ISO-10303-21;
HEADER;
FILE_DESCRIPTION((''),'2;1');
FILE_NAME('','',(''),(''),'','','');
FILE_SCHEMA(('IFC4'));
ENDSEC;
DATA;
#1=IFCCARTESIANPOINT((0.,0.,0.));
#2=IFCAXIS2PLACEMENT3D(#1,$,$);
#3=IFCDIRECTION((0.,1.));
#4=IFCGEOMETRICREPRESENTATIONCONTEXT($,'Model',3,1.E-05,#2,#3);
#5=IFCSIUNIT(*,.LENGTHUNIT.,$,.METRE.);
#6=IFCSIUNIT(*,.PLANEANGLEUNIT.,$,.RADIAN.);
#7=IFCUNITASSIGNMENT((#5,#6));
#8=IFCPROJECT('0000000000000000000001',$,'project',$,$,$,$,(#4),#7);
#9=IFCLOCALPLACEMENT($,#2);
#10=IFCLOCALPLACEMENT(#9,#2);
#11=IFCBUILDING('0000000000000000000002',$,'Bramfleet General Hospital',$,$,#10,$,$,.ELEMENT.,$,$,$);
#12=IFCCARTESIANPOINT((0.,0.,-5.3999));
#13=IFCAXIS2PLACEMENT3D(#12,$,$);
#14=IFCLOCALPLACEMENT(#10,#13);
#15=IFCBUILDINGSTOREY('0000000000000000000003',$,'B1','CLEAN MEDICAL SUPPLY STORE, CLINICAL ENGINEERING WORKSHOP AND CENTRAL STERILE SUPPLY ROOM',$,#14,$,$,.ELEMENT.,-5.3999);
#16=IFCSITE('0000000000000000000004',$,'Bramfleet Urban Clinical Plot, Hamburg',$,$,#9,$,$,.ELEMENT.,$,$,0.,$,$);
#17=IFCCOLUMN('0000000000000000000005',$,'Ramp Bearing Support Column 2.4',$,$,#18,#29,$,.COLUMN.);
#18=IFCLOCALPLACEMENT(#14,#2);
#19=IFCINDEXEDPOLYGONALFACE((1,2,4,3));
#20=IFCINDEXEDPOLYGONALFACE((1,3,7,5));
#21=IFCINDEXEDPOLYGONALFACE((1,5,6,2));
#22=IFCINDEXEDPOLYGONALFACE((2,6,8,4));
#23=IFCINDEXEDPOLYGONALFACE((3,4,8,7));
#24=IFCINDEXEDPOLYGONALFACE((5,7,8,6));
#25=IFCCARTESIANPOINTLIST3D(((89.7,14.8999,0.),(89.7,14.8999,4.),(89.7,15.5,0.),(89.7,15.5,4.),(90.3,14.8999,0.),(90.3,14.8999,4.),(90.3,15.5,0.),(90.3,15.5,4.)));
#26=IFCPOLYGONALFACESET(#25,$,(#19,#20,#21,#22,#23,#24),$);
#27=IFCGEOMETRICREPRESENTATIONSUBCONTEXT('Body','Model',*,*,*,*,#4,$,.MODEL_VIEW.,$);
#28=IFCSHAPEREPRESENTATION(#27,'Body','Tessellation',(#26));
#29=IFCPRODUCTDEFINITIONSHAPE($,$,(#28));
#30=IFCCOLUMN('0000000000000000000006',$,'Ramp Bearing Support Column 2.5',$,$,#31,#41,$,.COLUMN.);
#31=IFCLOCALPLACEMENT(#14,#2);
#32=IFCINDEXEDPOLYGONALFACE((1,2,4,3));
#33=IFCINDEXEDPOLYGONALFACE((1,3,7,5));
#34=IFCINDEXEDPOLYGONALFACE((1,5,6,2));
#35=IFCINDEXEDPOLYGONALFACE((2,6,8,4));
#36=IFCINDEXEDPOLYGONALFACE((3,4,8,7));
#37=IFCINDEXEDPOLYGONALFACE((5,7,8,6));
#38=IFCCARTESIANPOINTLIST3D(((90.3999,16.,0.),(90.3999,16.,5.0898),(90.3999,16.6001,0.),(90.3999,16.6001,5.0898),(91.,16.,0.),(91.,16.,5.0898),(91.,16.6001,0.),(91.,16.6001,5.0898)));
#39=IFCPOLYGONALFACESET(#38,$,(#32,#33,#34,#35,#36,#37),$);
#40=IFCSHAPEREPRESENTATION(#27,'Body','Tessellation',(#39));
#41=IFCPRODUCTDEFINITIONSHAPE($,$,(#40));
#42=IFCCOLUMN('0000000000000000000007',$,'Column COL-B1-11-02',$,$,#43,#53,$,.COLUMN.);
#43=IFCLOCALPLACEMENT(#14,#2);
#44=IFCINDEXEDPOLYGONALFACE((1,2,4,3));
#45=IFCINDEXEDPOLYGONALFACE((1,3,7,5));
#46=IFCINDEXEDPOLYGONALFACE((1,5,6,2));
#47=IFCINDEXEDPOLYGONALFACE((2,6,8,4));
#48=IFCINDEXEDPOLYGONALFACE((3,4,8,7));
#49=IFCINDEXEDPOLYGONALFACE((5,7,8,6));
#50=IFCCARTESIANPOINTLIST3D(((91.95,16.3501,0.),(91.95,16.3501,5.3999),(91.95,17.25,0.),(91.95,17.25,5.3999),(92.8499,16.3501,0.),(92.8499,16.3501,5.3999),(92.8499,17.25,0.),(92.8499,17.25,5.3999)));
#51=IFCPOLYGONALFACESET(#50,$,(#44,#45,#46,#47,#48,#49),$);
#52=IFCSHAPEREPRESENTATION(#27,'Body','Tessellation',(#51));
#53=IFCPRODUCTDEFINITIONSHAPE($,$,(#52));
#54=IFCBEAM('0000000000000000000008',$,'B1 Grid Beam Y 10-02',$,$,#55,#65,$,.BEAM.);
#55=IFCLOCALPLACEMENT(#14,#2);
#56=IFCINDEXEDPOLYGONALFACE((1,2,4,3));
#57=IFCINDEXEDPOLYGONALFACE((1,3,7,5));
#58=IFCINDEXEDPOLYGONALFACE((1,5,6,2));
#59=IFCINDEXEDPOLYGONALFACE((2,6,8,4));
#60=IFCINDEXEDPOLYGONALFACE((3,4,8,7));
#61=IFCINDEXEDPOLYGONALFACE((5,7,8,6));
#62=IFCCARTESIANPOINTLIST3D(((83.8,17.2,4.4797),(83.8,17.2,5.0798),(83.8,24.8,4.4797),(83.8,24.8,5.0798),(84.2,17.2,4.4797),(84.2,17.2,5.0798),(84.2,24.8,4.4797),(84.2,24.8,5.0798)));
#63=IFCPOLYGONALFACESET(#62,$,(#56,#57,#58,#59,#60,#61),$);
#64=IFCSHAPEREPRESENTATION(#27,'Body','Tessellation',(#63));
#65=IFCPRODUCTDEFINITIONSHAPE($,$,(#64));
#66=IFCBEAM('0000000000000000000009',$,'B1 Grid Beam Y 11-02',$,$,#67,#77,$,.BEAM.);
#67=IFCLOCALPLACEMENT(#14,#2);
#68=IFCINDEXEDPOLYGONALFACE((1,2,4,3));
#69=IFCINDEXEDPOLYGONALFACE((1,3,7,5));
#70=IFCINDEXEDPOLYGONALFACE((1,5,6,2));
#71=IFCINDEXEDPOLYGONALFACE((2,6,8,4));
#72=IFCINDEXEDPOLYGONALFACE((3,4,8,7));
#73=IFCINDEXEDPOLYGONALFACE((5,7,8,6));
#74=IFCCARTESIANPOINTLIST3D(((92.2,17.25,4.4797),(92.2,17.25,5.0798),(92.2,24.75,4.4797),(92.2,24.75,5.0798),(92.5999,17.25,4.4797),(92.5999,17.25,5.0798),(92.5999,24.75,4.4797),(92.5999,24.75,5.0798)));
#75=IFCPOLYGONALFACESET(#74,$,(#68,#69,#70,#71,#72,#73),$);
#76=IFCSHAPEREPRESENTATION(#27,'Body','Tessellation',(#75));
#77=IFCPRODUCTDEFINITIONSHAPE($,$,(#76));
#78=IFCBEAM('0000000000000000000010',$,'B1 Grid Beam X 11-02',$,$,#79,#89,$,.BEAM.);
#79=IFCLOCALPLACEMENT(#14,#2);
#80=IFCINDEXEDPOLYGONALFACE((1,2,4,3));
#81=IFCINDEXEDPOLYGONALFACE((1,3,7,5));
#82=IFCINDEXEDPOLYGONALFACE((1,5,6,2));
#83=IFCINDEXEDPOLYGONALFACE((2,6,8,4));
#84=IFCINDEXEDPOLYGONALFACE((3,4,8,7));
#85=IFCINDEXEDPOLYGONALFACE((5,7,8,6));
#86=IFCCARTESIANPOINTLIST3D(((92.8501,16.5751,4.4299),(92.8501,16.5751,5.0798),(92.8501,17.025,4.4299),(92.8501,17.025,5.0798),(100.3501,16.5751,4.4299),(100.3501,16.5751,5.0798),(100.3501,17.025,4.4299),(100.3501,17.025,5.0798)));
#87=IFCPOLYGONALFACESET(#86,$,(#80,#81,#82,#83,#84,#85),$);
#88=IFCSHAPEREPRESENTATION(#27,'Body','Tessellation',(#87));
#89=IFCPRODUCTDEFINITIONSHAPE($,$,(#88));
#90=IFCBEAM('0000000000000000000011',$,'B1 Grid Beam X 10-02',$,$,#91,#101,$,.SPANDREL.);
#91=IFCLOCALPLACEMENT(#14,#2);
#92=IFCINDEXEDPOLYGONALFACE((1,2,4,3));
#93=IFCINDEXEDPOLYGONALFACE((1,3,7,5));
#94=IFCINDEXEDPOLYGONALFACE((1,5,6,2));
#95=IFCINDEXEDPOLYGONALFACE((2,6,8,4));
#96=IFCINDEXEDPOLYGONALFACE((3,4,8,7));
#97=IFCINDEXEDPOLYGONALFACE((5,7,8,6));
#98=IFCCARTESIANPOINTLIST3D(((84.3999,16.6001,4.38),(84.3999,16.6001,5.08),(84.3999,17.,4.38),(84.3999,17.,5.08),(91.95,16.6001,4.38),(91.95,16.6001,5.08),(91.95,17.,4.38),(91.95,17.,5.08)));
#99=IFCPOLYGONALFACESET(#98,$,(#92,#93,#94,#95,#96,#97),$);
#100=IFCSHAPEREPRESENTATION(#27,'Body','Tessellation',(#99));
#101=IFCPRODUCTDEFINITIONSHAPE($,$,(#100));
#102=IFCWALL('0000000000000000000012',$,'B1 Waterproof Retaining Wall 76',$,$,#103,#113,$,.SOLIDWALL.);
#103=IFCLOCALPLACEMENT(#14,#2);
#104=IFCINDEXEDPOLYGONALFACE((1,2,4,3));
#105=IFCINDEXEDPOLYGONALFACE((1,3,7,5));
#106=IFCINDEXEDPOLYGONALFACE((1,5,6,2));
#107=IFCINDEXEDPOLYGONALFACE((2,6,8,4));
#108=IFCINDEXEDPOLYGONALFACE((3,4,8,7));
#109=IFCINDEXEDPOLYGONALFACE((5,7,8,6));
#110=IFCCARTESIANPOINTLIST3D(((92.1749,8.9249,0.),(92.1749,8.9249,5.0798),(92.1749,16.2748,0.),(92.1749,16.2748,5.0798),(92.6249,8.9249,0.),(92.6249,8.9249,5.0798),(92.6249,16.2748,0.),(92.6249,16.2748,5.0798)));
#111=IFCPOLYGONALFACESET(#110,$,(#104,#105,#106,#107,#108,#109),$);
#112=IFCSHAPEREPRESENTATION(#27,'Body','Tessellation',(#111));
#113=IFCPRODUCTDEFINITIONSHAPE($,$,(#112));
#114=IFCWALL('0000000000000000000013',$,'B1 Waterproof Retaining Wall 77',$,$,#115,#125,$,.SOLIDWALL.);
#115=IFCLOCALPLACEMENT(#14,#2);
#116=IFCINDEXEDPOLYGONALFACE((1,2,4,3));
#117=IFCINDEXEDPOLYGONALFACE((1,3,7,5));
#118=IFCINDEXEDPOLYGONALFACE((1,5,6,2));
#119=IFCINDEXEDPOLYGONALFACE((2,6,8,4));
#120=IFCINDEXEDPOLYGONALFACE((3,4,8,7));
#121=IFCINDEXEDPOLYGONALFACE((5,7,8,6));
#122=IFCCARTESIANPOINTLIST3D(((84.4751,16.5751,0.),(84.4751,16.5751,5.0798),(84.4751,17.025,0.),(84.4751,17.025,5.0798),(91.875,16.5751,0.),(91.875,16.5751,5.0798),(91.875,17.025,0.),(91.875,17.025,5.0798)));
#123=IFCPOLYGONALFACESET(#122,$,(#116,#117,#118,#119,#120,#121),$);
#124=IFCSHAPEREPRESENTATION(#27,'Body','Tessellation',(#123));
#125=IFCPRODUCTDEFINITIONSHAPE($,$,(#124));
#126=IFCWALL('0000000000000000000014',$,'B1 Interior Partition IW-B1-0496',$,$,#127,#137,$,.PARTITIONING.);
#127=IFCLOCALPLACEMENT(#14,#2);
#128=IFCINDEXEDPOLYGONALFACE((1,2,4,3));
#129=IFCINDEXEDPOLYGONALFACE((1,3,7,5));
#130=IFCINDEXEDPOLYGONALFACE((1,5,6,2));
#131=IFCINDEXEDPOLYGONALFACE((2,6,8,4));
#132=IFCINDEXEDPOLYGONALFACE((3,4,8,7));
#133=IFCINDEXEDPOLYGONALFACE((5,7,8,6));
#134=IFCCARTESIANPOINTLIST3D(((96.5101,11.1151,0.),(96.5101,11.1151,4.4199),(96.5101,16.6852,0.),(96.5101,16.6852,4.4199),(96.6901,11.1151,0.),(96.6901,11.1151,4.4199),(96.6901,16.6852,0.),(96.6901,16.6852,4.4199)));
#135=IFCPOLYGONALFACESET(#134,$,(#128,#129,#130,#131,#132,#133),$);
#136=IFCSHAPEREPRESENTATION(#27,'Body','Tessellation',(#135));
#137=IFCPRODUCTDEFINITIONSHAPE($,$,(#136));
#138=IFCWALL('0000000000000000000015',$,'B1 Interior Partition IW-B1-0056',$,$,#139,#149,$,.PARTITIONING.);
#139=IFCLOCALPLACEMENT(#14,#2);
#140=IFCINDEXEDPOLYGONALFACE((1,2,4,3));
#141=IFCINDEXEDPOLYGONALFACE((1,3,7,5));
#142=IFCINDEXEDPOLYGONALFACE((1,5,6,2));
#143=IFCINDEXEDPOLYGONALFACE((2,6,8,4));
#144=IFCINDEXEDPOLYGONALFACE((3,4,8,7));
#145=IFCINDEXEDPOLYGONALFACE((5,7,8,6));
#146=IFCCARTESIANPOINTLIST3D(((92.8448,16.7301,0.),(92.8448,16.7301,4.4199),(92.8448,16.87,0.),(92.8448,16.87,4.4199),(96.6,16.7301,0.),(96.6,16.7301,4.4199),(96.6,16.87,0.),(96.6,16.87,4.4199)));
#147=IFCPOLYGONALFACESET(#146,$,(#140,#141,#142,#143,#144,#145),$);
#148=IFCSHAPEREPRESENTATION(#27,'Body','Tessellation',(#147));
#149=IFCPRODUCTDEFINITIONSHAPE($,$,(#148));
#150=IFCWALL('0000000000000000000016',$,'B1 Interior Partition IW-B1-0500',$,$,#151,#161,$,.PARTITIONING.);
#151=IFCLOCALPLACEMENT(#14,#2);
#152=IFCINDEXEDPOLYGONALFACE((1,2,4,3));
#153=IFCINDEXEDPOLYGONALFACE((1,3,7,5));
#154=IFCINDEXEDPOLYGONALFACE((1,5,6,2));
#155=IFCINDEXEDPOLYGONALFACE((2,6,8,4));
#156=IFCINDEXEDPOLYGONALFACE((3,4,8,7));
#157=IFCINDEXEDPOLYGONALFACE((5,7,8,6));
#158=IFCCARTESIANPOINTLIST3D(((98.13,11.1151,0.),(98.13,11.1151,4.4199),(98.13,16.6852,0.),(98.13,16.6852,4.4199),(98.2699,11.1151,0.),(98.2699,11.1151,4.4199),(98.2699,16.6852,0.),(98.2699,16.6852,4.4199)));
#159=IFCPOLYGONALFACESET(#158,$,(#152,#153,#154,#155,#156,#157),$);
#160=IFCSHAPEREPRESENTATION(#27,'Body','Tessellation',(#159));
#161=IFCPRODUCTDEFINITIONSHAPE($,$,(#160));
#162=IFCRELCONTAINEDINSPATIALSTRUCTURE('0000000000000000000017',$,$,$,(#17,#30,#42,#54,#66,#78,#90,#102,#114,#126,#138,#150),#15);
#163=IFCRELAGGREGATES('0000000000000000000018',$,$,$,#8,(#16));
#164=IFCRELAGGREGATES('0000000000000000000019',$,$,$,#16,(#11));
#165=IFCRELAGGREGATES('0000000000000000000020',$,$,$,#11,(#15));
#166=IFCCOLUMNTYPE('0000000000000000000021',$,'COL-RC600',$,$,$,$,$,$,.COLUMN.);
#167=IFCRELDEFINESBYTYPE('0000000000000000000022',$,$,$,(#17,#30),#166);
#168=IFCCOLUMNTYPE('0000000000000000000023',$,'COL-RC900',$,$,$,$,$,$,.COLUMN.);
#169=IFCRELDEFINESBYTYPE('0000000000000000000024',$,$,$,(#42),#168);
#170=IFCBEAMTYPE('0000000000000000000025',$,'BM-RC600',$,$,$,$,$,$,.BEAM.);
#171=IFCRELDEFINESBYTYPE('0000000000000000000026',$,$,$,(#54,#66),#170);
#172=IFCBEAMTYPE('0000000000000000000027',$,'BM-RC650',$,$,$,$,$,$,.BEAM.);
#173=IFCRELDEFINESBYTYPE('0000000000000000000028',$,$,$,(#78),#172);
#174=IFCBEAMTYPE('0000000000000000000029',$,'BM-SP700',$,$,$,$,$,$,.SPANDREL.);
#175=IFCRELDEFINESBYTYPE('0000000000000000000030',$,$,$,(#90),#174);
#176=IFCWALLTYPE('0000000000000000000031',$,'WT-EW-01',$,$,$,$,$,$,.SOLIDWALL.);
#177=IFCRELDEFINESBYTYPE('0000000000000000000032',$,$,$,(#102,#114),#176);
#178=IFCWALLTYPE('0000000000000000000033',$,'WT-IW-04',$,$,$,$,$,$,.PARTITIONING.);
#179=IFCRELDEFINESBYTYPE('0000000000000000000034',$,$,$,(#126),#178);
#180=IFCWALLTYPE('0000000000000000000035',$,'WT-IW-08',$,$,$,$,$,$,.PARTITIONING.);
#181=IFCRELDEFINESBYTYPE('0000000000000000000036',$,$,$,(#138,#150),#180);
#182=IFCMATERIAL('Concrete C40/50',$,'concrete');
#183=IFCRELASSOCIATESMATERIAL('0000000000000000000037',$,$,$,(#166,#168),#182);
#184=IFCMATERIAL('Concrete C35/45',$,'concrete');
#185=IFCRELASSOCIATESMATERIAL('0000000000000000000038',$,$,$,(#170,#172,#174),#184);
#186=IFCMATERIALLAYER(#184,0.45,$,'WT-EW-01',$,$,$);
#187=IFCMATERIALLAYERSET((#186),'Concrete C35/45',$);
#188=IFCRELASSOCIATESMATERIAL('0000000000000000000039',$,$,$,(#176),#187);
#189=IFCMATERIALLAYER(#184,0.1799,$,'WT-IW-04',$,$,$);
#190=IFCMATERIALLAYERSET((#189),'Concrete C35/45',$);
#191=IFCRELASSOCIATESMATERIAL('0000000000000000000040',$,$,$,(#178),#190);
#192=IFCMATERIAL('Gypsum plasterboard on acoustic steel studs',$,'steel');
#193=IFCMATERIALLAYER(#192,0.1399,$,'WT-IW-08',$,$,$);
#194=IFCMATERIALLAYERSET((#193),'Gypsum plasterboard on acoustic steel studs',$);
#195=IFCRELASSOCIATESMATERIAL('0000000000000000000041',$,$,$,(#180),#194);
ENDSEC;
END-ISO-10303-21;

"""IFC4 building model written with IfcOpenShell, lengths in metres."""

from ifc_helpers import new_model, si_unit, direction, frame, frame_2d, origin, origin_2d, place, context, subcontext, project, spatial, rectangle, extrude, material, layer, layer_set, material_profile, profile_set, type_object, element, save


model = new_model("IFC4")

# Units and contexts
model_context = context("Model", 3, precision=1e-05, world=origin(), true_north=direction((0.0, 1.0)))
body_context = subcontext(model_context, "Body", "Model", "MODEL_VIEW")
ifc_project = project(units=[si_unit("LENGTHUNIT", "METRE"), si_unit("PLANEANGLEUNIT", "RADIAN")], contexts=[model_context])

# Site, building, storey
site_placement = place(None, origin())
site = spatial("IfcSite", under=ifc_project, at=site_placement, Name="Bramfleet Urban Clinical Plot, Hamburg", CompositionType="ELEMENT", RefElevation=0.0)
building_placement = place(site_placement, origin())
building = spatial("IfcBuilding", under=site, at=building_placement, Name="Bramfleet General Hospital", CompositionType="ELEMENT")
storey_placement = place(building_placement, frame((0.0, 0.0, -5.3999)))
storey = spatial("IfcBuildingStorey", under=building, at=storey_placement, Name="B1", Description="CLEAN MEDICAL SUPPLY STORE, CLINICAL ENGINEERING WORKSHOP AND CENTRAL STERILE SUPPLY ROOM", CompositionType="ELEMENT", Elevation=-5.3999)

# Shared definitions
ifc_material_1 = material(Name="Concrete C35/45", Category="concrete")

# Columns
ifc_material_2 = material(Name="Concrete C40/50", Category="concrete")
ifc_material_profile_1 = material_profile(ifc_material_2, rectangle(XDim=0.6001, YDim=0.6001, at=origin_2d()), Name="RC COL 600x600")
ifc_profile_set_1 = profile_set([ifc_material_profile_1], Name="Concrete C40/50")
column_type_1 = type_object("IfcColumnType", Name="COL-RC600", PredefinedType="COLUMN", material=ifc_profile_set_1)
for number, where, z_axis, x_axis, name in (
    (1, (90.0, 15.2, 0.0), (0.0, 0.0, 1.0), (1.0, 0.0, 0.0), "Ramp Bearing Support Column 2.4"),
):
    element("IfcColumn", number, at=place(storey_placement, frame(where, z_axis=z_axis, x_axis=x_axis)), inside=storey, type_object=column_type_1, Name=name, PredefinedType="COLUMN", context=body_context, shape_type="SweptSolid", body=[
        extrude(rectangle(XDim=0.6001, YDim=0.6001, at=origin_2d()), origin(), (0.0, 0.0, 1.0), 4.0),
    ])
column_1_placement = place(storey_placement, frame((90.7, 16.3, 0.0), z_axis=(0.0, 0.0, 1.0), x_axis=(1.0, 0.0, 0.0)))
element("IfcColumn", 2, at=column_1_placement, inside=storey, type_object=column_type_1, Name="Ramp Bearing Support Column 2.5", PredefinedType="COLUMN", context=body_context, shape_type="SweptSolid", body=[
    extrude(rectangle(XDim=0.6001, YDim=0.6001, at=origin_2d()), origin(), (0.0, 0.0, 1.0), 5.0898),
])
ifc_material_profile_2 = material_profile(ifc_material_2, rectangle(XDim=0.8999, YDim=0.8999, at=origin_2d()), Name="RC COL 900x900")
ifc_profile_set_2 = profile_set([ifc_material_profile_2], Name="Concrete C40/50")
column_type_2 = type_object("IfcColumnType", Name="COL-RC900", PredefinedType="COLUMN", material=ifc_profile_set_2)
column_2_placement = place(storey_placement, frame((92.3999, 16.8, 0.0), z_axis=(0.0, 0.0, 1.0), x_axis=(1.0, 0.0, 0.0)))
element("IfcColumn", 3, at=column_2_placement, inside=storey, type_object=column_type_2, Name="Column COL-B1-11-02", PredefinedType="COLUMN", context=body_context, shape_type="SweptSolid", body=[
    extrude(rectangle(XDim=0.8999, YDim=0.8999, at=origin_2d()), origin(), (0.0, 0.0, 1.0), 5.3999),
])

# Beams
ifc_material_profile_3 = material_profile(ifc_material_1, rectangle(XDim=0.3999, YDim=0.6001, at=origin_2d()), Name="RC BM 600x400")
ifc_profile_set_3 = profile_set([ifc_material_profile_3], Name="Concrete C35/45")
beam_type_1 = type_object("IfcBeamType", Name="BM-RC600", PredefinedType="BEAM", material=ifc_profile_set_3)
beam_1_placement = place(storey_placement, frame((84.0, 17.2, 4.7798), z_axis=(0.0, 1.0, 0.0), x_axis=(-1.0, 0.0, 0.0)))
element("IfcBeam", 4, at=beam_1_placement, inside=storey, type_object=beam_type_1, Name="B1 Grid Beam Y 10-02", PredefinedType="BEAM", context=body_context, shape_type="SweptSolid", body=[
    extrude(rectangle(XDim=0.3999, YDim=0.6001, at=origin_2d()), origin(), (0.0, 0.0, 1.0), 7.6001),
])
beam_2_placement = place(storey_placement, frame((92.3999, 17.25, 4.7798), z_axis=(0.0, 1.0, 0.0), x_axis=(-1.0, 0.0, 0.0)))
element("IfcBeam", 5, at=beam_2_placement, inside=storey, type_object=beam_type_1, Name="B1 Grid Beam Y 11-02", PredefinedType="BEAM", context=body_context, shape_type="SweptSolid", body=[
    extrude(rectangle(XDim=0.3999, YDim=0.6001, at=origin_2d()), origin(), (0.0, 0.0, 1.0), 7.5),
])
ifc_material_profile_4 = material_profile(ifc_material_1, rectangle(XDim=0.45, YDim=0.6499, at=origin_2d()), Name="RC BM 650x450")
ifc_profile_set_4 = profile_set([ifc_material_profile_4], Name="Concrete C35/45")
beam_type_2 = type_object("IfcBeamType", Name="BM-RC650", PredefinedType="BEAM", material=ifc_profile_set_4)
beam_3_placement = place(storey_placement, frame((92.8501, 16.8, 4.7549), z_axis=(1.0, 0.0, 0.0), x_axis=(0.0, 1.0, 0.0)))
element("IfcBeam", 6, at=beam_3_placement, inside=storey, type_object=beam_type_2, Name="B1 Grid Beam X 11-02", PredefinedType="BEAM", context=body_context, shape_type="SweptSolid", body=[
    extrude(rectangle(XDim=0.45, YDim=0.6499, at=origin_2d()), origin(), (0.0, 0.0, 1.0), 7.5),
])
ifc_material_profile_5 = material_profile(ifc_material_1, rectangle(XDim=0.3999, YDim=0.7, at=origin_2d()), Name="RC SP 700x400")
ifc_profile_set_5 = profile_set([ifc_material_profile_5], Name="Concrete C35/45")
beam_type_3 = type_object("IfcBeamType", Name="BM-SP700", PredefinedType="SPANDREL", material=ifc_profile_set_5)
beam_4_placement = place(storey_placement, frame((84.3999, 16.8, 4.73), z_axis=(1.0, 0.0, 0.0), x_axis=(0.0, 1.0, 0.0)))
element("IfcBeam", 7, at=beam_4_placement, inside=storey, type_object=beam_type_3, Name="B1 Grid Beam X 10-02", PredefinedType="SPANDREL", context=body_context, shape_type="SweptSolid", body=[
    extrude(rectangle(XDim=0.3999, YDim=0.7, at=origin_2d()), origin(), (0.0, 0.0, 1.0), 7.55),
])

# Walls
ifc_layer_1 = layer(ifc_material_1, 0.45, Name="WT-EW-01")
ifc_layer_set_1 = layer_set([ifc_layer_1], Name="Concrete C35/45")
wall_type_1 = type_object("IfcWallType", Name="WT-EW-01", PredefinedType="SOLIDWALL", material=ifc_layer_set_1)
wall_1_placement = place(storey_placement, frame((92.3999, 8.925, 0.0), z_axis=(0.0, 0.0, 1.0), x_axis=(0.0, 1.0, 0.0)))
element("IfcWall", 8, at=wall_1_placement, inside=storey, type_object=wall_type_1, Name="B1 Waterproof Retaining Wall 76", PredefinedType="SOLIDWALL", context=body_context, shape_type="SweptSolid", body=[
    extrude(rectangle(XDim=7.3499, YDim=0.45, at=frame_2d((3.6748, 0.0))), origin(), (0.0, 0.0, 1.0), 5.0798),
])
wall_2_placement = place(storey_placement, frame((91.875, 16.8, 0.0), z_axis=(0.0, 0.0, 1.0), x_axis=(-1.0, 0.0, 0.0)))
element("IfcWall", 9, at=wall_2_placement, inside=storey, type_object=wall_type_1, Name="B1 Waterproof Retaining Wall 77", PredefinedType="SOLIDWALL", context=body_context, shape_type="SweptSolid", body=[
    extrude(rectangle(XDim=7.3999, YDim=0.45, at=frame_2d((3.7, 0.0))), origin(), (0.0, 0.0, 1.0), 5.0798),
])
ifc_layer_2 = layer(ifc_material_1, 0.1799, Name="WT-IW-04")
ifc_layer_set_2 = layer_set([ifc_layer_2], Name="Concrete C35/45")
wall_type_2 = type_object("IfcWallType", Name="WT-IW-04", PredefinedType="PARTITIONING", material=ifc_layer_set_2)
wall_3_placement = place(storey_placement, frame((96.6001, 11.115, 0.0), z_axis=(0.0, 0.0, 1.0), x_axis=(0.0, 1.0, 0.0)))
element("IfcWall", 10, at=wall_3_placement, inside=storey, type_object=wall_type_2, Name="B1 Interior Partition IW-B1-0496", PredefinedType="PARTITIONING", context=body_context, shape_type="SweptSolid", body=[
    extrude(rectangle(XDim=5.5701, YDim=0.1799, at=frame_2d((2.7852, 0.0))), origin(), (0.0, 0.0, 1.0), 4.4199),
])
ifc_material_3 = material(Name="Gypsum plasterboard on acoustic steel studs", Category="steel")
ifc_layer_3 = layer(ifc_material_3, 0.1399, Name="WT-IW-08")
ifc_layer_set_3 = layer_set([ifc_layer_3], Name="Gypsum plasterboard on acoustic steel studs")
wall_type_3 = type_object("IfcWallType", Name="WT-IW-08", PredefinedType="PARTITIONING", material=ifc_layer_set_3)
wall_4_placement = place(storey_placement, frame((92.845, 16.8, 0.0), z_axis=(0.0, 0.0, 1.0), x_axis=(1.0, 0.0, 0.0)))
element("IfcWall", 11, at=wall_4_placement, inside=storey, type_object=wall_type_3, Name="B1 Interior Partition IW-B1-0056", PredefinedType="PARTITIONING", context=body_context, shape_type="SweptSolid", body=[
    extrude(rectangle(XDim=3.7551, YDim=0.1399, at=frame_2d((1.8774, 0.0))), origin(), (0.0, 0.0, 1.0), 4.4199),
])
wall_5_placement = place(storey_placement, frame((98.2, 11.115, 0.0), z_axis=(0.0, 0.0, 1.0), x_axis=(0.0, 1.0, 0.0)))
element("IfcWall", 12, at=wall_5_placement, inside=storey, type_object=wall_type_3, Name="B1 Interior Partition IW-B1-0500", PredefinedType="PARTITIONING", context=body_context, shape_type="SweptSolid", body=[
    extrude(rectangle(XDim=5.5701, YDim=0.1399, at=frame_2d((2.7852, 0.0))), origin(), (0.0, 0.0, 1.0), 4.4199),
])

save(model, "model.ifc")
